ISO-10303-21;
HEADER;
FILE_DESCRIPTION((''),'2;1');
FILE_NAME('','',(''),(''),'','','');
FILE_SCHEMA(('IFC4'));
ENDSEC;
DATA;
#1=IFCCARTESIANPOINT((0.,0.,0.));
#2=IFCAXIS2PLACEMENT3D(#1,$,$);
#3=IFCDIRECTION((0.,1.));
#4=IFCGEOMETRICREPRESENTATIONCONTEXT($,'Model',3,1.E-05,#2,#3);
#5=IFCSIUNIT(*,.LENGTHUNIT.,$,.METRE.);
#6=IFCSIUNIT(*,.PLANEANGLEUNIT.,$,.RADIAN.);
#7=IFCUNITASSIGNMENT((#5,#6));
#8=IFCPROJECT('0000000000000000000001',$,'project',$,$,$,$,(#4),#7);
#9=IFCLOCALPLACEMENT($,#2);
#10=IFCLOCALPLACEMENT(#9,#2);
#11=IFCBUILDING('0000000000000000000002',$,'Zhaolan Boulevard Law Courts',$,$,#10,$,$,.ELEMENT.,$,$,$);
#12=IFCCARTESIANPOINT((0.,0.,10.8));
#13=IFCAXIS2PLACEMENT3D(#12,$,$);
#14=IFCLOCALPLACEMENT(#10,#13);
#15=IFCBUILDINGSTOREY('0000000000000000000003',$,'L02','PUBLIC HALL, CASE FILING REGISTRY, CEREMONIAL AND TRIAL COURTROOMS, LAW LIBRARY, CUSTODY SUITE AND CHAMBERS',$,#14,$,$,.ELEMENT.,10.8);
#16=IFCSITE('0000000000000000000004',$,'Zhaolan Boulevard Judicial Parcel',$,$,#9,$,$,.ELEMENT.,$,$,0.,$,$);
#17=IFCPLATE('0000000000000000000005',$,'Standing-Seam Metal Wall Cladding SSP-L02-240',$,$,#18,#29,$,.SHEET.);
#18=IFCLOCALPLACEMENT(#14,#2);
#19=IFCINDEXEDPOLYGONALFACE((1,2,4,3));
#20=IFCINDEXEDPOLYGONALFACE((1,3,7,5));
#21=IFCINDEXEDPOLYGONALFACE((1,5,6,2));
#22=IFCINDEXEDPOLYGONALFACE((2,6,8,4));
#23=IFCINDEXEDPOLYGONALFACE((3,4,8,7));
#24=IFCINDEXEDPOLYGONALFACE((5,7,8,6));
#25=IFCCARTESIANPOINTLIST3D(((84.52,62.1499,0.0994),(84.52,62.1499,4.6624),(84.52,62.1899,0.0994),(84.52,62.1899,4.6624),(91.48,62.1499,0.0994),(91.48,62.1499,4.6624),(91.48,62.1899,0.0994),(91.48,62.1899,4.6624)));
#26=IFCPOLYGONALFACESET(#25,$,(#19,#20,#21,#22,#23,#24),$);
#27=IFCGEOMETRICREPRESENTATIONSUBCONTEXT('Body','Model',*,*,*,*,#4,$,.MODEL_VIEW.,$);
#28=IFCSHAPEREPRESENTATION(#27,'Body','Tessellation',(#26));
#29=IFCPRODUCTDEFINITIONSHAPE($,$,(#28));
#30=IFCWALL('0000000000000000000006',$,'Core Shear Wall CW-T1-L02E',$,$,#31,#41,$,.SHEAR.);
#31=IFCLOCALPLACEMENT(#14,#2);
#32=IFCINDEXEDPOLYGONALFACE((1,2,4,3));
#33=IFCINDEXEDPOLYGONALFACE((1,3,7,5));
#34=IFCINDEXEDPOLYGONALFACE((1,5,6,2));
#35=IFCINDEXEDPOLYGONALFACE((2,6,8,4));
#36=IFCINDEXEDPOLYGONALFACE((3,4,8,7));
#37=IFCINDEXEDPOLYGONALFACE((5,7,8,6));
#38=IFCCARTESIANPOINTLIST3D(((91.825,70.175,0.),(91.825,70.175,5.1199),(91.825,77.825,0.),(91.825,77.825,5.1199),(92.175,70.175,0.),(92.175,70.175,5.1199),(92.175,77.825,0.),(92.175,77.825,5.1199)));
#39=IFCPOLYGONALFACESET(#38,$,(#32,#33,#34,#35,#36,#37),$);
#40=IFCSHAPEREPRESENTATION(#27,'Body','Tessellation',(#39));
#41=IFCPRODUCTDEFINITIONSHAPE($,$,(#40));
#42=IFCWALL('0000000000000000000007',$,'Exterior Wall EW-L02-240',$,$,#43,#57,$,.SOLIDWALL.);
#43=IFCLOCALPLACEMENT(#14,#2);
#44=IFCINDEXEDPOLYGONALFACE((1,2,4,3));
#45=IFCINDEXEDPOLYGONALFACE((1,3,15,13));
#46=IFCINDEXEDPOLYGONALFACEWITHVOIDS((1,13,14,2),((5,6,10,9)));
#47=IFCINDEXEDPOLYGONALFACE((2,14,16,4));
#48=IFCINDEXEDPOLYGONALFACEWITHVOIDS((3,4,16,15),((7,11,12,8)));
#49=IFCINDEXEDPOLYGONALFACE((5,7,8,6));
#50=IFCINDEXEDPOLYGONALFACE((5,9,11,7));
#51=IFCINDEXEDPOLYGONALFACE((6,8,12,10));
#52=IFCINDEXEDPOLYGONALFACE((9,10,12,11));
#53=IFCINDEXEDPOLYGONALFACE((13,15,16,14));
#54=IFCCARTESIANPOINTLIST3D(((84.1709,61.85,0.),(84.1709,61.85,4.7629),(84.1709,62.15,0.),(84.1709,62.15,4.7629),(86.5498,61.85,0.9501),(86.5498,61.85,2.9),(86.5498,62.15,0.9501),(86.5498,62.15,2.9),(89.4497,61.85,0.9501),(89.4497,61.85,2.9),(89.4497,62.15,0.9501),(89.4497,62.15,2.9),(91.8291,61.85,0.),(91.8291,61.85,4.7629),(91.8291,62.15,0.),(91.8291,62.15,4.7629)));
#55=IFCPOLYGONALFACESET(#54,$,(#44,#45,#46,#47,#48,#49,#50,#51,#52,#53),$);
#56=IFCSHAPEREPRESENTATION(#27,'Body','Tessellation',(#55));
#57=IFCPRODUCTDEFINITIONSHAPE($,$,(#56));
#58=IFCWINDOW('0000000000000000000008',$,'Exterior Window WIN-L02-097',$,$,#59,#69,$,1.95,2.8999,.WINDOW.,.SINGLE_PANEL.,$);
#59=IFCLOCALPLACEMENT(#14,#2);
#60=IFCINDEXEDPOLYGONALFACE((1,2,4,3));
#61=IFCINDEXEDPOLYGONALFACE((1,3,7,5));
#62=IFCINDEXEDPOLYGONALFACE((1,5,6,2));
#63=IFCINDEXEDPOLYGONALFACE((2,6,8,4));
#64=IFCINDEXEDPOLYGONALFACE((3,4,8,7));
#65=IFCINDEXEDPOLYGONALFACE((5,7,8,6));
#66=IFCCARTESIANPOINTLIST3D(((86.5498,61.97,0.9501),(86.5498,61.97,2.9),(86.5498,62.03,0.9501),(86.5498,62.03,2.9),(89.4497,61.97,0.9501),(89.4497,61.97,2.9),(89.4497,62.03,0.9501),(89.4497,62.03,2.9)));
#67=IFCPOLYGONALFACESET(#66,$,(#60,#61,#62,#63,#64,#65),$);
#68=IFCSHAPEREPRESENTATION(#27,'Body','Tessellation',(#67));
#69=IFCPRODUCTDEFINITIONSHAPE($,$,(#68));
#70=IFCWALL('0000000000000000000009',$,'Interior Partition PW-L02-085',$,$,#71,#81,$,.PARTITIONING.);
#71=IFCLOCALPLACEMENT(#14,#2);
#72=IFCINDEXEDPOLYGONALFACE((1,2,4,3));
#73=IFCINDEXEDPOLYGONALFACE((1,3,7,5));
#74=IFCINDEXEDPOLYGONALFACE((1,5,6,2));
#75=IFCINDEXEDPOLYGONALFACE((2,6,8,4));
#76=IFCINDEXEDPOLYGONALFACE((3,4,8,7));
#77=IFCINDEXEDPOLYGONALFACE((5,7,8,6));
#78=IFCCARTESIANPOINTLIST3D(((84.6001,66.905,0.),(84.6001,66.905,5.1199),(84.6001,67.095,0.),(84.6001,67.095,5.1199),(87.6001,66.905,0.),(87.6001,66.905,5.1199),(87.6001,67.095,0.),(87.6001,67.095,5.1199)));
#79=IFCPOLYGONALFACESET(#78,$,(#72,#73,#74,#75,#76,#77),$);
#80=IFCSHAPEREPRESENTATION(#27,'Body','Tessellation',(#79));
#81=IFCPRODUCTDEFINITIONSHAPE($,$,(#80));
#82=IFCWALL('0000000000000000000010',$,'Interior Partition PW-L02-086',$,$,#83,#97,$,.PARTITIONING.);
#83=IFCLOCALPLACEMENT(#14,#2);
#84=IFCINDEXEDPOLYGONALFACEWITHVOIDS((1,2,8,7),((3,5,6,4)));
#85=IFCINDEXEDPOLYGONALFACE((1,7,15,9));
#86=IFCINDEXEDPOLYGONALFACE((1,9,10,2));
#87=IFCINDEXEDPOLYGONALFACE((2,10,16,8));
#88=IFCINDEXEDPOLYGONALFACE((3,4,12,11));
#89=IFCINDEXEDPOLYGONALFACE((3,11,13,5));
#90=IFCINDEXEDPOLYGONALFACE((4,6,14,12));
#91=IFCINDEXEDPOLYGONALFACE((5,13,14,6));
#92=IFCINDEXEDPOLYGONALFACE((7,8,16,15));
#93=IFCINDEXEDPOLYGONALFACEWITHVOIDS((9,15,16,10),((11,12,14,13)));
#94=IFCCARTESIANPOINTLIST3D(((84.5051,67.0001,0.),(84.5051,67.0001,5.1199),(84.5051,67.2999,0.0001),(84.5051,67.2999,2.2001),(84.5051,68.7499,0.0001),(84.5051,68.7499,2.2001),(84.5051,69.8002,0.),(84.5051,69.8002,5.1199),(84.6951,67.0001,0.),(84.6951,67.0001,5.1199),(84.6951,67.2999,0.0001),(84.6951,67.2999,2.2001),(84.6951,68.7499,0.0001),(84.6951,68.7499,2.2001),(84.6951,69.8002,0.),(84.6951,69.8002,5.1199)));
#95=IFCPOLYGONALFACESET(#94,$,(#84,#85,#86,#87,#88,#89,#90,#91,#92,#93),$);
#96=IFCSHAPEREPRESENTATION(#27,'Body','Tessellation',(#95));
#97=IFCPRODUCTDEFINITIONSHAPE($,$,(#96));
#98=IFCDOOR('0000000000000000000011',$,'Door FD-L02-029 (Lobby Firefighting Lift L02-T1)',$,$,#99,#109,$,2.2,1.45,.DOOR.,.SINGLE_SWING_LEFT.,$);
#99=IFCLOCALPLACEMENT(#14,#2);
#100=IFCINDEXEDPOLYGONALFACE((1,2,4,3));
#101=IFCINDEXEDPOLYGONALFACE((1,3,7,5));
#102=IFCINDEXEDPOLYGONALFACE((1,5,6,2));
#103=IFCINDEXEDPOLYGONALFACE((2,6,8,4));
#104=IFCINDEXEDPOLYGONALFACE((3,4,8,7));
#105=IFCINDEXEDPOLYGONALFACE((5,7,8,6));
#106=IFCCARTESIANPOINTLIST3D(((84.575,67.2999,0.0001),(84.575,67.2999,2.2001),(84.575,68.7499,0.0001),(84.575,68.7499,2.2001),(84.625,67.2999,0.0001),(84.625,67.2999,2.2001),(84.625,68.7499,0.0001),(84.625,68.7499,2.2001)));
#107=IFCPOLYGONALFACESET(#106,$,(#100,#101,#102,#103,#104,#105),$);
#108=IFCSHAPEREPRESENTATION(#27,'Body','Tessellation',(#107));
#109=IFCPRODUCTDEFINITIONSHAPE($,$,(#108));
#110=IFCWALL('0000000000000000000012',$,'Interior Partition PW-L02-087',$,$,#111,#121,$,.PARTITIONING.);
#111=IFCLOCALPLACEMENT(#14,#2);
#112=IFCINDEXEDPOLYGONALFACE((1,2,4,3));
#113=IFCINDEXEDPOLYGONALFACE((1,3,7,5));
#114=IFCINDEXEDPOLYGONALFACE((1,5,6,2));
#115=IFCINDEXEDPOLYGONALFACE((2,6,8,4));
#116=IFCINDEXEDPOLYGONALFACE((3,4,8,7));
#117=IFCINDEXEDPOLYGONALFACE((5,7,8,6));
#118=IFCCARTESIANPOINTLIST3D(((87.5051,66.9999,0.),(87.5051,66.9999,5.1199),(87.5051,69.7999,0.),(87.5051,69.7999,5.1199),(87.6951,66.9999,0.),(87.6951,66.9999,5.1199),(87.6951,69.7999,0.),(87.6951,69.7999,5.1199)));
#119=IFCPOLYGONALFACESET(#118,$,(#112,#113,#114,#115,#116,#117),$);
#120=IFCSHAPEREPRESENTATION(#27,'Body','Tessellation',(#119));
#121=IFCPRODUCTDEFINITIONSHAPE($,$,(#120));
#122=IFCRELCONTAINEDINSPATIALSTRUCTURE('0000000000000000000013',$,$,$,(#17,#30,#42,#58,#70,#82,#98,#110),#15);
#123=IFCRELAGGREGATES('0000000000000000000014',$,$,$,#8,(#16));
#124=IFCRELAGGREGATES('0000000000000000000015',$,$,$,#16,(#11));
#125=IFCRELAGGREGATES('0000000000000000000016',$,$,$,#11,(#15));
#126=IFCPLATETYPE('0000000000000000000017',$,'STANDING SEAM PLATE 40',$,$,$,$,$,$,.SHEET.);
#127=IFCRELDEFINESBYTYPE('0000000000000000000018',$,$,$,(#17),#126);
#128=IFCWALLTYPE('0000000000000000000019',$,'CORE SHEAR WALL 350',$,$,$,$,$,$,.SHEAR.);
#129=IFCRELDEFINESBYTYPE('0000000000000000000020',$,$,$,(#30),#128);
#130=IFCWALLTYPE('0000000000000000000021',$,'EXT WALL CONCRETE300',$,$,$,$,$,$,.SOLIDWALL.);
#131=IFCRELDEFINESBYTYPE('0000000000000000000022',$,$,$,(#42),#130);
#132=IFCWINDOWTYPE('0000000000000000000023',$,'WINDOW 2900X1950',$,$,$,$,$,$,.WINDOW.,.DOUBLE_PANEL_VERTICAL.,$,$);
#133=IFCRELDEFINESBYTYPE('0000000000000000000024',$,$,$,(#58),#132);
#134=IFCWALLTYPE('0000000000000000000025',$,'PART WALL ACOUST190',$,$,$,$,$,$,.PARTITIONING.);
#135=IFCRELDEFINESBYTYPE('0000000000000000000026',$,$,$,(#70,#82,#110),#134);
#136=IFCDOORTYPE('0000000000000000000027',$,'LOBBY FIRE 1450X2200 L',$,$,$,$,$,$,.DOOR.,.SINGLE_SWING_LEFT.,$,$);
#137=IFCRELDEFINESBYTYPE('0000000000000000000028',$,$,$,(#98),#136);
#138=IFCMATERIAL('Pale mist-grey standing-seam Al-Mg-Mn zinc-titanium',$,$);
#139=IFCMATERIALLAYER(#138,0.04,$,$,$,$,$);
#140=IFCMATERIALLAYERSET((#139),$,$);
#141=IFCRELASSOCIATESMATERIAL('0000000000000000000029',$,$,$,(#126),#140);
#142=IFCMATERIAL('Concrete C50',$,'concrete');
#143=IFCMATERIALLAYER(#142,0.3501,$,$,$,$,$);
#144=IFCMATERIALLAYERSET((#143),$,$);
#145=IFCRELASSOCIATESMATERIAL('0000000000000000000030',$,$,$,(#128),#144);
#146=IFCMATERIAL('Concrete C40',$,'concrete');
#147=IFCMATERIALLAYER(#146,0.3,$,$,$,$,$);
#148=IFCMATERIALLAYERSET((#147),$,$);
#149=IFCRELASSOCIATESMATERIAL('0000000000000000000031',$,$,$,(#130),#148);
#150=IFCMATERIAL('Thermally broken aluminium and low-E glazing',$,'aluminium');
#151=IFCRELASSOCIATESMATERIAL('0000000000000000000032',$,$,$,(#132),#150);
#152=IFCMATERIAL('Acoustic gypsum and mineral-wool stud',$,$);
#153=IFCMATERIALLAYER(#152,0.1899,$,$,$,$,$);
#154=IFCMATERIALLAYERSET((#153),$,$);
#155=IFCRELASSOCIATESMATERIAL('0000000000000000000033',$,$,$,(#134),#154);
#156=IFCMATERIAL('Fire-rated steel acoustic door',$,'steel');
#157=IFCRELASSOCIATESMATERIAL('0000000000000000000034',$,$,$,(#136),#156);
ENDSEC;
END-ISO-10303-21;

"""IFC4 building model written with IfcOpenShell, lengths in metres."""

from ifc_helpers import new_model, si_unit, direction, frame, frame_2d, origin, origin_2d, place, context, subcontext, project, spatial, rectangle, extrude, material, layer, layer_set, type_object, element, fill, save


model = new_model("IFC4")

# Units and contexts
model_context = context("Model", 3, precision=1e-05, world=origin(), true_north=direction((0.0, 1.0)))
body_context = subcontext(model_context, "Body", "Model", "MODEL_VIEW")
ifc_project = project(units=[si_unit("LENGTHUNIT", "METRE"), si_unit("PLANEANGLEUNIT", "RADIAN")], contexts=[model_context])

# Site, building, storey
site_placement = place(None, origin())
site = spatial("IfcSite", under=ifc_project, at=site_placement, Name="Zhaolan Boulevard Judicial Parcel", CompositionType="ELEMENT", RefElevation=0.0)
building_placement = place(site_placement, origin())
building = spatial("IfcBuilding", under=site, at=building_placement, Name="Zhaolan Boulevard Law Courts", CompositionType="ELEMENT")
storey_placement = place(building_placement, frame((0.0, 0.0, 10.8)))
storey = spatial("IfcBuildingStorey", under=building, at=storey_placement, Name="L02", Description="PUBLIC HALL, CASE FILING REGISTRY, CEREMONIAL AND TRIAL COURTROOMS, LAW LIBRARY, CUSTODY SUITE AND CHAMBERS", CompositionType="ELEMENT", Elevation=10.8)

# Plate
ifc_material_1 = material(Name="Pale mist-grey standing-seam Al-Mg-Mn zinc-titanium")
ifc_layer_1 = layer(ifc_material_1, 0.04)
ifc_layer_set_1 = layer_set([ifc_layer_1])
plate_type_1 = type_object("IfcPlateType", Name="STANDING SEAM PLATE 40", PredefinedType="SHEET", material=ifc_layer_set_1)
plate_placement = place(storey_placement, frame((88.0, 62.1699, 0.0994), z_axis=(0.0, 0.0, 1.0), x_axis=(1.0, 0.0, 0.0)))
element("IfcPlate", 1, at=plate_placement, inside=storey, type_object=plate_type_1, Name="Standing-Seam Metal Wall Cladding SSP-L02-240", PredefinedType="SHEET", context=body_context, shape_type="SweptSolid", body=[
    extrude(rectangle(XDim=6.96, YDim=0.04, at=origin_2d()), origin(), (0.0, 0.0, 1.0), 4.563),
])

# Wall
ifc_material_2 = material(Name="Concrete C50", Category="concrete")
ifc_layer_2 = layer(ifc_material_2, 0.3501)
ifc_layer_set_2 = layer_set([ifc_layer_2])
wall_type_1 = type_object("IfcWallType", Name="CORE SHEAR WALL 350", PredefinedType="SHEAR", material=ifc_layer_set_2)
wall_1_placement = place(storey_placement, frame((92.0, 70.175, 0.0), z_axis=(0.0, 0.0, 1.0), x_axis=(0.0, 1.0, 0.0)))
element("IfcWall", 2, at=wall_1_placement, inside=storey, type_object=wall_type_1, Name="Core Shear Wall CW-T1-L02E", PredefinedType="SHEAR", context=body_context, shape_type="SweptSolid", body=[
    extrude(rectangle(XDim=7.6499, YDim=0.3501, at=frame_2d((3.825, 0.0))), origin(), (0.0, 0.0, 1.0), 5.1199),
])

# Wall, opening, window
ifc_material_3 = material(Name="Concrete C40", Category="concrete")
ifc_layer_3 = layer(ifc_material_3, 0.3)
ifc_layer_set_3 = layer_set([ifc_layer_3])
wall_type_2 = type_object("IfcWallType", Name="EXT WALL CONCRETE300", PredefinedType="SOLIDWALL", material=ifc_layer_set_3)
wall_2_placement = place(storey_placement, frame((84.1709, 62.0, 0.0), z_axis=(0.0, 0.0, 1.0), x_axis=(1.0, 0.0, 0.0)))
wall_2 = element("IfcWall", 3, at=wall_2_placement, inside=storey, type_object=wall_type_2, Name="Exterior Wall EW-L02-240", PredefinedType="SOLIDWALL", context=body_context, shape_type="SweptSolid", body=[
    extrude(rectangle(XDim=7.6582, YDim=0.3, at=frame_2d((3.8291, 0.0))), origin(), (0.0, 0.0, 1.0), 4.7629),
])
opening_1_placement = place(wall_2_placement, frame((2.3789, 0.0, 0.95)))
opening_1 = element("IfcOpeningElement", 4, at=opening_1_placement, cuts=wall_2, PredefinedType="OPENING", context=body_context, shape_type="SweptSolid", body=[
    extrude(rectangle(XDim=2.8999, YDim=1.95, at=frame_2d((1.45, 0.9751))), frame((0.0, 0.1599, 0.0), z_axis=(0.0, -1.0, 0.0), x_axis=(1.0, 0.0, 0.0)), (0.0, 0.0, 1.0), 0.3201),
])
ifc_material_4 = material(Name="Thermally broken aluminium and low-E glazing", Category="aluminium")
window_type = type_object("IfcWindowType", Name="WINDOW 2900X1950", PartitioningType="DOUBLE_PANEL_VERTICAL", PredefinedType="WINDOW", material=ifc_material_4)
window_placement = place(opening_1_placement, origin())
window = element("IfcWindow", 5, at=window_placement, inside=storey, type_object=window_type, Name="Exterior Window WIN-L02-097", OverallHeight=1.95, OverallWidth=2.8999, PartitioningType="SINGLE_PANEL", PredefinedType="WINDOW", context=body_context, shape_type="SweptSolid", body=[
    extrude(rectangle(XDim=2.8999, YDim=1.95, at=frame_2d((1.45, 0.9751))), frame((0.0, 0.03, 0.0), z_axis=(0.0, -1.0, 0.0), x_axis=(1.0, 0.0, 0.0)), (0.0, 0.0, 1.0), 0.0601),
])
fill(opening_1, window)

# Wall
ifc_material_5 = material(Name="Acoustic gypsum and mineral-wool stud")
ifc_layer_4 = layer(ifc_material_5, 0.1899)
ifc_layer_set_4 = layer_set([ifc_layer_4])
wall_type_3 = type_object("IfcWallType", Name="PART WALL ACOUST190", PredefinedType="PARTITIONING", material=ifc_layer_set_4)
wall_3_placement = place(storey_placement, frame((84.6001, 67.0, 0.0), z_axis=(0.0, 0.0, 1.0), x_axis=(1.0, 0.0, 0.0)))
element("IfcWall", 6, at=wall_3_placement, inside=storey, type_object=wall_type_3, Name="Interior Partition PW-L02-085", PredefinedType="PARTITIONING", context=body_context, shape_type="SweptSolid", body=[
    extrude(rectangle(XDim=3.0, YDim=0.1899, at=frame_2d((1.5, 0.0))), origin(), (0.0, 0.0, 1.0), 5.1199),
])

# Wall, opening, door
wall_4_placement = place(storey_placement, frame((84.6001, 69.8, 0.0), z_axis=(0.0, 0.0, 1.0), x_axis=(0.0, -1.0, 0.0)))
wall_4 = element("IfcWall", 7, at=wall_4_placement, inside=storey, type_object=wall_type_3, Name="Interior Partition PW-L02-086", PredefinedType="PARTITIONING", context=body_context, shape_type="SweptSolid", body=[
    extrude(rectangle(XDim=2.8, YDim=0.1899, at=frame_2d((1.3999, 0.0))), origin(), (0.0, 0.0, 1.0), 5.1199),
])
opening_2_placement = place(wall_4_placement, frame((1.05, 0.0, 0.0)))
opening_2 = element("IfcOpeningElement", 8, at=opening_2_placement, cuts=wall_4, PredefinedType="OPENING", context=body_context, shape_type="SweptSolid", body=[
    extrude(rectangle(XDim=1.45, YDim=2.2, at=frame_2d((0.7251, 1.1001))), frame((0.0, 0.105, 0.0), z_axis=(0.0, -1.0, 0.0), x_axis=(1.0, 0.0, 0.0)), (0.0, 0.0, 1.0), 0.21),
])
ifc_material_6 = material(Name="Fire-rated steel acoustic door", Category="steel")
door_type = type_object("IfcDoorType", Name="LOBBY FIRE 1450X2200 L", OperationType="SINGLE_SWING_LEFT", PredefinedType="DOOR", material=ifc_material_6)
door_placement = place(opening_2_placement, origin())
door = element("IfcDoor", 9, at=door_placement, inside=storey, type_object=door_type, Name="Door FD-L02-029 (Lobby Firefighting Lift L02-T1)", OperationType="SINGLE_SWING_LEFT", OverallHeight=2.2, OverallWidth=1.45, PredefinedType="DOOR", context=body_context, shape_type="SweptSolid", body=[
    extrude(rectangle(XDim=1.45, YDim=2.2, at=frame_2d((0.7251, 1.1001))), frame((0.0, 0.0249, 0.0), z_axis=(0.0, -1.0, 0.0), x_axis=(1.0, 0.0, 0.0)), (0.0, 0.0, 1.0), 0.05),
])
fill(opening_2, door)

# Wall
wall_5_placement = place(storey_placement, frame((87.6001, 67.0, 0.0), z_axis=(0.0, 0.0, 1.0), x_axis=(0.0, 1.0, 0.0)))
element("IfcWall", 10, at=wall_5_placement, inside=storey, type_object=wall_type_3, Name="Interior Partition PW-L02-087", PredefinedType="PARTITIONING", context=body_context, shape_type="SweptSolid", body=[
    extrude(rectangle(XDim=2.8, YDim=0.1899, at=frame_2d((1.3999, 0.0))), origin(), (0.0, 0.0, 1.0), 5.1199),
])

save(model, "model.ifc")
